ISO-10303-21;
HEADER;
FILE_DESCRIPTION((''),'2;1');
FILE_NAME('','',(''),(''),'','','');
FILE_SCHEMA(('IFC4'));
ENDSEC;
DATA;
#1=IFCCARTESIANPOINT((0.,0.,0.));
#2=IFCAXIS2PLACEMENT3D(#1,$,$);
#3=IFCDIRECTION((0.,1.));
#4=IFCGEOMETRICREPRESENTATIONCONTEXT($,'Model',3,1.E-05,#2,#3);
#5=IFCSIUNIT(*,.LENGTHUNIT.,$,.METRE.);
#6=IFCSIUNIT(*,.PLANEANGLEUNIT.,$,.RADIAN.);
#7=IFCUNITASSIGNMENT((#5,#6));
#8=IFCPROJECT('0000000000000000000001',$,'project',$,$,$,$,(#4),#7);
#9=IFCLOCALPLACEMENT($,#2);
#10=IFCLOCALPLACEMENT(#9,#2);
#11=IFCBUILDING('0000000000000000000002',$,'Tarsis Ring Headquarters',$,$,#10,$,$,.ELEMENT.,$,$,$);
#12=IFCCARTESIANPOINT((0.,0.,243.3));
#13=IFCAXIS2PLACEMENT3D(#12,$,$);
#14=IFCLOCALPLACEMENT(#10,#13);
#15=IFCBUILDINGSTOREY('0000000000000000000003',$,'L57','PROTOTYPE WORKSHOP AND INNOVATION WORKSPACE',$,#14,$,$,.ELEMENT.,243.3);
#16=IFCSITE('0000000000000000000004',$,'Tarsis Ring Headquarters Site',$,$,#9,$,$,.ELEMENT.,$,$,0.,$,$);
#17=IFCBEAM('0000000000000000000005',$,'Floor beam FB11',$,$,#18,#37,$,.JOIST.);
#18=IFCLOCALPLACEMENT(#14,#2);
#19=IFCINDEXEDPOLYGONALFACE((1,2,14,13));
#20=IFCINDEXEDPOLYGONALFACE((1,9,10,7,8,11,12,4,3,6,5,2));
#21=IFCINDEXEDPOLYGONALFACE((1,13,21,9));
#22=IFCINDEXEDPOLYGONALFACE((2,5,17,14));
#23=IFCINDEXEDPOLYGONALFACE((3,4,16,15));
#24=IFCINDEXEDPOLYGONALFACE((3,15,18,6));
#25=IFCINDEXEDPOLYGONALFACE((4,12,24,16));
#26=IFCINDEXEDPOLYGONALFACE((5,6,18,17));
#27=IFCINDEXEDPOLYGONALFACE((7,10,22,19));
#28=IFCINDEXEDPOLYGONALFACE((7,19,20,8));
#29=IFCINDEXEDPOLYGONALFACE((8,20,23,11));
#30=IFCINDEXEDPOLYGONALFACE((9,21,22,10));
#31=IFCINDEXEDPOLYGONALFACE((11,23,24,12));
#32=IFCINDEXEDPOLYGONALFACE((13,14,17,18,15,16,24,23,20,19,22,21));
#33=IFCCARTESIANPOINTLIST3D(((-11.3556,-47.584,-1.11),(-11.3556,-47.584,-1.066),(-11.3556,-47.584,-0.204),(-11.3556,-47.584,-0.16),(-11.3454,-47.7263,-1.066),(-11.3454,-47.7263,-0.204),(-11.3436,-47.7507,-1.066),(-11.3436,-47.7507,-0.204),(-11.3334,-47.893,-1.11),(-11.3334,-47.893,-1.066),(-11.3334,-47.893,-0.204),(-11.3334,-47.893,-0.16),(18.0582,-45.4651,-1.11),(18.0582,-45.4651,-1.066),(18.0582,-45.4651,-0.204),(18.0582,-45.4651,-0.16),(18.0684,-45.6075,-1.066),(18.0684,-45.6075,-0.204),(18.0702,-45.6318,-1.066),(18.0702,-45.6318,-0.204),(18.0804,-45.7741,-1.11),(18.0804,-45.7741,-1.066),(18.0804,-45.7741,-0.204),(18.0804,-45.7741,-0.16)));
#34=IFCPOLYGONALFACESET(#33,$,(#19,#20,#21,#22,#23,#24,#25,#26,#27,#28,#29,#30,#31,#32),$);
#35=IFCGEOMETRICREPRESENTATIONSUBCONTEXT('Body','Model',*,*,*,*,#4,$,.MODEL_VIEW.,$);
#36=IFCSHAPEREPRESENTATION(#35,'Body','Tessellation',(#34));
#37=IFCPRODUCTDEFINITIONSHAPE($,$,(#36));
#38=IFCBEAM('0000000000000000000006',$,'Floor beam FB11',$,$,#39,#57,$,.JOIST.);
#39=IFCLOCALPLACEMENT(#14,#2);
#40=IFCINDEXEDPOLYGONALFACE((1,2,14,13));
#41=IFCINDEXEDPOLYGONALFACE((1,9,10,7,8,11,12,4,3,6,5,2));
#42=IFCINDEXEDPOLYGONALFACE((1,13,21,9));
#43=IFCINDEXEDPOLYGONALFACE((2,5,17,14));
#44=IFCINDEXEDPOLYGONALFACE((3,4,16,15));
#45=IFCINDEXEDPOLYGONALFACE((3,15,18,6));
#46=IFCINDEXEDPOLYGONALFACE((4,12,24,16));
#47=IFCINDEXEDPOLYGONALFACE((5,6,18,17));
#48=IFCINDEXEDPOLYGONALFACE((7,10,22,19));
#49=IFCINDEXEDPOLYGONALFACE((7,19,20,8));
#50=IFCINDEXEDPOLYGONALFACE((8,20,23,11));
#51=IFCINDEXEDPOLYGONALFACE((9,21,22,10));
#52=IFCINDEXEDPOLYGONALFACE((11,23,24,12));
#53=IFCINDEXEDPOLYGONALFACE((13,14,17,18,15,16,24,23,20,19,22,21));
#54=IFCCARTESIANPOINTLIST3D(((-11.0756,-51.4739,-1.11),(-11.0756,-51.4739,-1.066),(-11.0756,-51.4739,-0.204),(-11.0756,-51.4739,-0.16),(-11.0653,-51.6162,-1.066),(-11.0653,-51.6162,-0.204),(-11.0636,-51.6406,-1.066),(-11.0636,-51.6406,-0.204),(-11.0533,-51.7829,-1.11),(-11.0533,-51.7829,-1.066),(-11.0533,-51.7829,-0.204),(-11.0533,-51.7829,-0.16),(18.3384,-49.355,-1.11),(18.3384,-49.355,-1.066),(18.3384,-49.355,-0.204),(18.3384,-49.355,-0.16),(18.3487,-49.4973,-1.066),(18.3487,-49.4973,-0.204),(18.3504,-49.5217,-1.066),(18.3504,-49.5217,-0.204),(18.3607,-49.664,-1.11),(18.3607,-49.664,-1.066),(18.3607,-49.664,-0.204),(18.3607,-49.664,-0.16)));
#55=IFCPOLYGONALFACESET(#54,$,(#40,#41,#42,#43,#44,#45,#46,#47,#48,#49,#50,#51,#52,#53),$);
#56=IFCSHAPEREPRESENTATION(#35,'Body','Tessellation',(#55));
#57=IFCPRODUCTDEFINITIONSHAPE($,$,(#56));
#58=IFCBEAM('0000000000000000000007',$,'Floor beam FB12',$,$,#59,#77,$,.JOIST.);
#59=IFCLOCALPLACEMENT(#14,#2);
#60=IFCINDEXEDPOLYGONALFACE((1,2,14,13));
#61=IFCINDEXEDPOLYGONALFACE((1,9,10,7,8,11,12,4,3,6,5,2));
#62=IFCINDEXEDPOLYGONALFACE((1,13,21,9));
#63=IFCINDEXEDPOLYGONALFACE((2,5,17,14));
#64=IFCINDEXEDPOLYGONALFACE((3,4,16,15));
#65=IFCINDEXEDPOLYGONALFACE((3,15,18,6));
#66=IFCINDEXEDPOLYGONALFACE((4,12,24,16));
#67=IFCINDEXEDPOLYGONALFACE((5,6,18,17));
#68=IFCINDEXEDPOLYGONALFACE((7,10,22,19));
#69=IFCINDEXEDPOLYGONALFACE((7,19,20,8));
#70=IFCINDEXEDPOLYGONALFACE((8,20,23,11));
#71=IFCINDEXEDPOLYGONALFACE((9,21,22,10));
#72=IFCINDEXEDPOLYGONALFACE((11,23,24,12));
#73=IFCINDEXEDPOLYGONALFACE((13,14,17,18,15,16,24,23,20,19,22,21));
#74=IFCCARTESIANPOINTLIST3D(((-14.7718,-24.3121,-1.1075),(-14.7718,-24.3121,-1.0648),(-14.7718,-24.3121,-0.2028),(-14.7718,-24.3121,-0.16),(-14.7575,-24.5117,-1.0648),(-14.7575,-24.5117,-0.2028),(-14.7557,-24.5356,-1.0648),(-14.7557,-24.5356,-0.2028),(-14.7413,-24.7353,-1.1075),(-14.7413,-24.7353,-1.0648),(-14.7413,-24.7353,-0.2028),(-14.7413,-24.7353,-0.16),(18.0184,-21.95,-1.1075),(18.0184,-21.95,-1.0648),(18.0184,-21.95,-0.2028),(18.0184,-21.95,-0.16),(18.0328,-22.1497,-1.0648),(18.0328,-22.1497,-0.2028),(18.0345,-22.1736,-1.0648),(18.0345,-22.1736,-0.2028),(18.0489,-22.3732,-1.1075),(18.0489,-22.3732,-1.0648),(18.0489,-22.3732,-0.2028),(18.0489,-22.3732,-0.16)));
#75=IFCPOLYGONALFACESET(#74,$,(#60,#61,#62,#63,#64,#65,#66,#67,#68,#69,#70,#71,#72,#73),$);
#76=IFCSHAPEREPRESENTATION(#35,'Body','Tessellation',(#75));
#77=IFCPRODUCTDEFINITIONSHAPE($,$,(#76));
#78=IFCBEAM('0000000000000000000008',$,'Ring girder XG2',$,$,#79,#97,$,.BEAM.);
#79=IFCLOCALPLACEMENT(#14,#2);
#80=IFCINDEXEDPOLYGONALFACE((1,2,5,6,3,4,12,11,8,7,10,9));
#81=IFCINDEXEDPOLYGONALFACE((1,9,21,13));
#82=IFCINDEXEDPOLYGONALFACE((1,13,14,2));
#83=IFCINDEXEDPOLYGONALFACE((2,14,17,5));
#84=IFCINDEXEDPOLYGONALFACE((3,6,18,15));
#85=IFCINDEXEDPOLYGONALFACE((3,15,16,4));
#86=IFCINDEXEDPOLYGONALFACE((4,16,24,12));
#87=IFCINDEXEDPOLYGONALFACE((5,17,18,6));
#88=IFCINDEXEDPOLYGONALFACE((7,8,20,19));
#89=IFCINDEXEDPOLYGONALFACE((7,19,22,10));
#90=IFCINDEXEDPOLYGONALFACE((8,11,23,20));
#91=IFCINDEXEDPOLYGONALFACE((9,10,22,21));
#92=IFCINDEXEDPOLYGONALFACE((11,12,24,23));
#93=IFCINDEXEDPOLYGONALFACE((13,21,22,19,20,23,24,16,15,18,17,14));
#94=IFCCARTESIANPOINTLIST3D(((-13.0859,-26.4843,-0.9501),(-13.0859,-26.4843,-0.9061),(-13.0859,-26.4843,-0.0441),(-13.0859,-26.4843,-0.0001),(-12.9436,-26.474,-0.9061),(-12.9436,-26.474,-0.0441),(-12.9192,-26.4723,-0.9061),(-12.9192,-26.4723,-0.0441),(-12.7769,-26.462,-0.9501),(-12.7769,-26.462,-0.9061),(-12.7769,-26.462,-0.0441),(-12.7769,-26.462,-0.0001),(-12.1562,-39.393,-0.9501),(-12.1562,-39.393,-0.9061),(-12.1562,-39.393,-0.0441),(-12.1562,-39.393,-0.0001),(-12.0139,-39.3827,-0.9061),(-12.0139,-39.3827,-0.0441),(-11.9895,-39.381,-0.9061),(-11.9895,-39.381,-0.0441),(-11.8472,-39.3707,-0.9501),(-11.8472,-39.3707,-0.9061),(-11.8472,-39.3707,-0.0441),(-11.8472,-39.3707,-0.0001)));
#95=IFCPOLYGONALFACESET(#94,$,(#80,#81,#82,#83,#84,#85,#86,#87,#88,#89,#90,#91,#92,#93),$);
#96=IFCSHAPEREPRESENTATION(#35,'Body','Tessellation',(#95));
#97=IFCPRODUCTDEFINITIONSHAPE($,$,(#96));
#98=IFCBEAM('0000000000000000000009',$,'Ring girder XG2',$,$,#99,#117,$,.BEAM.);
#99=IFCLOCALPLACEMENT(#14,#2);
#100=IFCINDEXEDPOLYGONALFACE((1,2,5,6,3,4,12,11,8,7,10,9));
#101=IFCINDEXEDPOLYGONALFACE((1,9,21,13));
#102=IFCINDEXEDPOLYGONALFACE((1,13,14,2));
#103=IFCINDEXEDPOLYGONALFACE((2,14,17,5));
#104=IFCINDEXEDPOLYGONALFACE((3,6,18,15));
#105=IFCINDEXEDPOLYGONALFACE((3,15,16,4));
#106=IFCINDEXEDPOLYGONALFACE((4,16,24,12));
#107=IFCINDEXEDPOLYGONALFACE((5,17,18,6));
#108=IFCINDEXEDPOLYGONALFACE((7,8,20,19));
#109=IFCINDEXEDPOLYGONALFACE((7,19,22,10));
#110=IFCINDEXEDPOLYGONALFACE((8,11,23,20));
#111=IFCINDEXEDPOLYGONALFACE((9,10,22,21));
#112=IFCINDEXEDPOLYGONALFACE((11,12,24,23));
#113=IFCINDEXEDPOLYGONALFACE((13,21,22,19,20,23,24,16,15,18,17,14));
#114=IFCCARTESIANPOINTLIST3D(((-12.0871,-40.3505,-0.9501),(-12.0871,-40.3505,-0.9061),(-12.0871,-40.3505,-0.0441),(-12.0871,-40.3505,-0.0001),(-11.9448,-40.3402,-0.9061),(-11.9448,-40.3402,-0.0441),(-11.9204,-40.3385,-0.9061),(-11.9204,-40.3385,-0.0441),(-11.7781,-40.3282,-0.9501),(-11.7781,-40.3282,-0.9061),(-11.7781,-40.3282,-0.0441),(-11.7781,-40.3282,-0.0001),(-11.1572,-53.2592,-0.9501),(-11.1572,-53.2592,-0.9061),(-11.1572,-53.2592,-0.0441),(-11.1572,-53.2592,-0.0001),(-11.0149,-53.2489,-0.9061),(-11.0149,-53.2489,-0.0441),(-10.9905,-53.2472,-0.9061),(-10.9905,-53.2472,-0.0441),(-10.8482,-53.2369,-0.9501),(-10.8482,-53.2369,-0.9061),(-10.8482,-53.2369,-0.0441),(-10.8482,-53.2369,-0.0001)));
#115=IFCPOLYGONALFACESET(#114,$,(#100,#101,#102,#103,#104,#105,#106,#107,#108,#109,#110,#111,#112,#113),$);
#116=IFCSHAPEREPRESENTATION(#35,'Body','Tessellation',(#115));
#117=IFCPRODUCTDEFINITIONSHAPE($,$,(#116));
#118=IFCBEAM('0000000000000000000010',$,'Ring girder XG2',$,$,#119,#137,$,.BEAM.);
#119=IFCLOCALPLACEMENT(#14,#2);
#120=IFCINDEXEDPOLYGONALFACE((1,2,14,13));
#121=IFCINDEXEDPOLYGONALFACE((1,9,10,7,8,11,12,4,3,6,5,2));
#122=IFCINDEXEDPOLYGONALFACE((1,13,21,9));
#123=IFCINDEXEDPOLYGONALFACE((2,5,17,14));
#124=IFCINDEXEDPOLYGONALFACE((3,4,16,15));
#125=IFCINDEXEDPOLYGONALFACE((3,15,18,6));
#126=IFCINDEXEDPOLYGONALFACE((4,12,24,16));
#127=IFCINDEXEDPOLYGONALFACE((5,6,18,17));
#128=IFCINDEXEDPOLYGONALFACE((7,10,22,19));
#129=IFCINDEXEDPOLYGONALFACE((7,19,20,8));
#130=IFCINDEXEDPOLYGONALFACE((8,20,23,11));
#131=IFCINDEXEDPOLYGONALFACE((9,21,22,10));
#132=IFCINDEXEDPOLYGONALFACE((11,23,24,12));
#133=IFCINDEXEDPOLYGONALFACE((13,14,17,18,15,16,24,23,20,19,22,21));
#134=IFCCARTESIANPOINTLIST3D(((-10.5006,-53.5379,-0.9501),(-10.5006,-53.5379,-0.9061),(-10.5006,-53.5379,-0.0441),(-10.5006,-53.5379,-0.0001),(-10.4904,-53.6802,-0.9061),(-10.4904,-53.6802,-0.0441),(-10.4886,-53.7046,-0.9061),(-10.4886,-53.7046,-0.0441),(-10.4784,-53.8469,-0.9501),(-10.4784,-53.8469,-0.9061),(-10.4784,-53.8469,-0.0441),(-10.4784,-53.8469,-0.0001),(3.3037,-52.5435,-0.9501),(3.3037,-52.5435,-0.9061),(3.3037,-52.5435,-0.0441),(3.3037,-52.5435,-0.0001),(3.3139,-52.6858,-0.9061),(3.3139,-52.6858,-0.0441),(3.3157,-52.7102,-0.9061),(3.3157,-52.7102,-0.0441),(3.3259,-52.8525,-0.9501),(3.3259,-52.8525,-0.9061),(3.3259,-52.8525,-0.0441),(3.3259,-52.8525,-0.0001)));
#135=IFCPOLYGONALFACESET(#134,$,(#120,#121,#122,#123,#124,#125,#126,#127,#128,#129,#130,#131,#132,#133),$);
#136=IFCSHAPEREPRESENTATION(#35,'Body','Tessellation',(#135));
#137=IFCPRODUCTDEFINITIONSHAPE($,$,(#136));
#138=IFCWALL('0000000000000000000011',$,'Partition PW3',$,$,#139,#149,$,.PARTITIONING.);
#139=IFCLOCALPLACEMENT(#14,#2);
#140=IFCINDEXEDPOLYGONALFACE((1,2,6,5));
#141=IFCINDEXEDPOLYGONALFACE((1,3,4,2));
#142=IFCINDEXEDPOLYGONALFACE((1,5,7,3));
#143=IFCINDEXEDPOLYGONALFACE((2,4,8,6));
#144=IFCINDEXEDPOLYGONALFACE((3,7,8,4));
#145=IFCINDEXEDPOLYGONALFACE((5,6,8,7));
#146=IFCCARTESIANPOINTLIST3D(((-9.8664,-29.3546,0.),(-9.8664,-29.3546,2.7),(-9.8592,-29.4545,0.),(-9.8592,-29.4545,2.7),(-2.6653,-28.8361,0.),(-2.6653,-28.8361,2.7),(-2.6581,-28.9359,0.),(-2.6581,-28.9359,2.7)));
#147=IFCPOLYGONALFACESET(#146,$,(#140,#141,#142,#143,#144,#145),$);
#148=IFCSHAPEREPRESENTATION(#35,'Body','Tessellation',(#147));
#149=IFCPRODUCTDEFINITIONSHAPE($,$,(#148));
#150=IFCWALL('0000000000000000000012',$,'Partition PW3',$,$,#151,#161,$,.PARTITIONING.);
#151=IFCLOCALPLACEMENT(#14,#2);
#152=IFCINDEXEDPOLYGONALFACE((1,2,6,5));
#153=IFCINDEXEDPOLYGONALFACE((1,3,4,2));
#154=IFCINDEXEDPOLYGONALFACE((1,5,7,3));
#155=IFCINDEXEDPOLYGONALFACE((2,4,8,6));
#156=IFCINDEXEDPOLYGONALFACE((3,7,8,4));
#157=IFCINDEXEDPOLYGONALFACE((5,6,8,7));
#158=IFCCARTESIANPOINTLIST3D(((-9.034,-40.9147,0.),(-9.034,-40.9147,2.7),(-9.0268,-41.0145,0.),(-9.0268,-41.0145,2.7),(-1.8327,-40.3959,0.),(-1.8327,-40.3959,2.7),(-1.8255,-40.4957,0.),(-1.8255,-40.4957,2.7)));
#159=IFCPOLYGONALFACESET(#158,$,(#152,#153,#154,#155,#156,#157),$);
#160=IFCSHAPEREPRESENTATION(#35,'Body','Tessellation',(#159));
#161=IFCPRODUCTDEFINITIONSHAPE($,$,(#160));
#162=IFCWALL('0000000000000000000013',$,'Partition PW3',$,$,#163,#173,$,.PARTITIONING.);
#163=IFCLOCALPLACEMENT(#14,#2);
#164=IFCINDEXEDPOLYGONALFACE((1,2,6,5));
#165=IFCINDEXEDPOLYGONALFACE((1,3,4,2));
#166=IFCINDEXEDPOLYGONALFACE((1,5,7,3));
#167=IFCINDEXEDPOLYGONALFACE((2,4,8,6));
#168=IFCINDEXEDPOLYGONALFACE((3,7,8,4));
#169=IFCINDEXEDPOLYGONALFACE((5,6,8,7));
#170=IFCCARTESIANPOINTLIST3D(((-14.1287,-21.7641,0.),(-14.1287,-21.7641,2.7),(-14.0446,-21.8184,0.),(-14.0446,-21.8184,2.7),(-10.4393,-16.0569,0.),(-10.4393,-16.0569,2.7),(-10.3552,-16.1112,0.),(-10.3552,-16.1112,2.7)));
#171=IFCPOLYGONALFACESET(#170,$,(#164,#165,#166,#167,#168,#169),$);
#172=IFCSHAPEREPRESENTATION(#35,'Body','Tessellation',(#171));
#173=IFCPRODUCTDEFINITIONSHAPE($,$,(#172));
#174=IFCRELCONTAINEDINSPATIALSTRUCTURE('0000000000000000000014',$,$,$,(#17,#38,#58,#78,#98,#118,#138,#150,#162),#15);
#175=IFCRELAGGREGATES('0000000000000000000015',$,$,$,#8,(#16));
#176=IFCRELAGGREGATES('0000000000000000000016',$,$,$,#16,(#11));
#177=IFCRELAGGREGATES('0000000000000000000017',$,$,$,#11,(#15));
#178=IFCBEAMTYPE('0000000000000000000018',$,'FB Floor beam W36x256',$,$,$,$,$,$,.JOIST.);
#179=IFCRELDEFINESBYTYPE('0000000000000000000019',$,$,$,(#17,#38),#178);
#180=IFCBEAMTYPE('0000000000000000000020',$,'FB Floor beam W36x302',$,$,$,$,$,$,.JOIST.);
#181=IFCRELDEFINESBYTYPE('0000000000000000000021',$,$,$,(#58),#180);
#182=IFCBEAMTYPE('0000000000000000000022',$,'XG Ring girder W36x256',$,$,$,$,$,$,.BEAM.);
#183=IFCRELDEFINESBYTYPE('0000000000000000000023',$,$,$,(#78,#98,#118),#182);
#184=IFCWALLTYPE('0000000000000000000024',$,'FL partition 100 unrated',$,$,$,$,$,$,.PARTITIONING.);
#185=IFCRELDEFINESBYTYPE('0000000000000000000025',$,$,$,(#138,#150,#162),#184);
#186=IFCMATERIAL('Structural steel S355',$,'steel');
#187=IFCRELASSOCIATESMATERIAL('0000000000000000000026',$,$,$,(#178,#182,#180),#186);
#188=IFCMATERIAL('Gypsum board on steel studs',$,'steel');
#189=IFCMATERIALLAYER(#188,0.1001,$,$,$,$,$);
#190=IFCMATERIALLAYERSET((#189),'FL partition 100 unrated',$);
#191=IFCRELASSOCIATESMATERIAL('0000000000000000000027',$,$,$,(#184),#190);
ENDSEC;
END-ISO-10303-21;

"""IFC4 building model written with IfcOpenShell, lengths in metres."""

from ifc_helpers import new_model, si_unit, direction, frame, frame_2d, origin, origin_2d, place, context, subcontext, project, spatial, rectangle, i_section, extrude, material, layer, layer_set, material_profile, profile_set, type_object, element, save


model = new_model("IFC4")

# Units and contexts
model_context = context("Model", 3, precision=1e-05, world=origin(), true_north=direction((0.0, 1.0)))
body_context = subcontext(model_context, "Body", "Model", "MODEL_VIEW")
ifc_project = project(units=[si_unit("LENGTHUNIT", "METRE"), si_unit("PLANEANGLEUNIT", "RADIAN")], contexts=[model_context])

# Site, building, storey
site_placement = place(None, origin())
site = spatial("IfcSite", under=ifc_project, at=site_placement, Name="Tarsis Ring Headquarters Site", CompositionType="ELEMENT", RefElevation=0.0)
building_placement = place(site_placement, origin())
building = spatial("IfcBuilding", under=site, at=building_placement, Name="Tarsis Ring Headquarters", CompositionType="ELEMENT")
storey_placement = place(building_placement, frame((0.0, 0.0, 243.3)))
storey = spatial("IfcBuildingStorey", under=building, at=storey_placement, Name="L57", Description="PROTOTYPE WORKSHOP AND INNOVATION WORKSPACE", CompositionType="ELEMENT", Elevation=243.3)

# Shared definitions
ifc_material_1 = material(Name="Structural steel S355", Category="steel")

# Beams
ifc_material_profile_1 = material_profile(ifc_material_1, i_section(OverallWidth=0.3098, OverallDepth=0.95, WebThickness=0.0244, FlangeThickness=0.0439, at=origin_2d()), Name="W36x256")
ifc_profile_set_1 = profile_set([ifc_material_profile_1], Name="Structural steel S355")
beam_type_1 = type_object("IfcBeamType", Name="FB Floor beam W36x256", PredefinedType="JOIST", material=ifc_profile_set_1)
for number, where, z_axis, x_axis, name in (
    (1, (-11.3445, -47.7385, -0.635), (0.997415, 0.071851, 0.0), (-0.071851, 0.997415, 0.0), "Floor beam FB11"),
):
    element("IfcBeam", number, at=place(storey_placement, frame(where, z_axis=z_axis, x_axis=x_axis)), inside=storey, type_object=beam_type_1, Name=name, PredefinedType="JOIST", context=body_context, shape_type="SweptSolid", body=[
        extrude(i_section(OverallWidth=0.3098, OverallDepth=0.95, WebThickness=0.0244, FlangeThickness=0.0439, at=origin_2d()), origin(), (0.0, 0.0, 1.0), 29.49),
    ])
beam_1_placement = place(storey_placement, frame((-11.0645, -51.6284, -0.635), z_axis=(0.997415, 0.071851, 0.0), x_axis=(-0.071851, 0.997415, 0.0)))
element("IfcBeam", 2, at=beam_1_placement, inside=storey, type_object=beam_type_1, Name="Floor beam FB11", PredefinedType="JOIST", context=body_context, shape_type="SweptSolid", body=[
    extrude(i_section(OverallWidth=0.3098, OverallDepth=0.95, WebThickness=0.0244, FlangeThickness=0.0439, at=origin_2d()), origin(), (0.0, 0.0, 1.0), 29.4902),
])
ifc_material_profile_2 = material_profile(ifc_material_1, i_section(OverallWidth=0.4243, OverallDepth=0.9475, WebThickness=0.0239, FlangeThickness=0.0427, at=origin_2d()), Name="W36x302")
ifc_profile_set_2 = profile_set([ifc_material_profile_2], Name="Structural steel S355")
beam_type_2 = type_object("IfcBeamType", Name="FB Floor beam W36x302", PredefinedType="JOIST", material=ifc_profile_set_2)
beam_2_placement = place(storey_placement, frame((-14.7566, -24.5237, -0.6338), z_axis=(0.997416, 0.071849, 0.0), x_axis=(-0.071849, 0.997416, 0.0)))
element("IfcBeam", 3, at=beam_2_placement, inside=storey, type_object=beam_type_2, Name="Floor beam FB12", PredefinedType="JOIST", context=body_context, shape_type="SweptSolid", body=[
    extrude(i_section(OverallWidth=0.4243, OverallDepth=0.9475, WebThickness=0.0239, FlangeThickness=0.0427, at=origin_2d()), origin(), (0.0, 0.0, 1.0), 32.8752),
])
beam_type_3 = type_object("IfcBeamType", Name="XG Ring girder W36x256", PredefinedType="BEAM", material=ifc_profile_set_1)
for number, where, z_axis, x_axis, name in (
    (4, (-12.9314, -26.4731, -0.4751), (0.071834, -0.997417, 0.0), (0.997417, 0.071834, 0.0), "Ring girder XG2"),
    (5, (-11.9326, -40.3394, -0.4751), (0.071853, -0.997415, 0.0), (0.997415, 0.071853, 0.0), "Ring girder XG2"),
):
    element("IfcBeam", number, at=place(storey_placement, frame(where, z_axis=z_axis, x_axis=x_axis)), inside=storey, type_object=beam_type_3, Name=name, PredefinedType="BEAM", context=body_context, shape_type="SweptSolid", body=[
        extrude(i_section(OverallWidth=0.3098, OverallDepth=0.95, WebThickness=0.0244, FlangeThickness=0.0439, at=origin_2d()), origin(), (0.0, 0.0, 1.0), 12.9421),
    ])
beam_3_placement = place(storey_placement, frame((-10.4895, -53.6924, -0.4751), z_axis=(0.997416, 0.071849, 0.0), x_axis=(-0.071849, 0.997416, 0.0)))
element("IfcBeam", 6, at=beam_3_placement, inside=storey, type_object=beam_type_3, Name="Ring girder XG2", PredefinedType="BEAM", context=body_context, shape_type="SweptSolid", body=[
    extrude(i_section(OverallWidth=0.3098, OverallDepth=0.95, WebThickness=0.0244, FlangeThickness=0.0439, at=origin_2d()), origin(), (0.0, 0.0, 1.0), 13.8401),
])

# Walls
ifc_material_2 = material(Name="Gypsum board on steel studs", Category="steel")
ifc_layer_1 = layer(ifc_material_2, 0.1001)
ifc_layer_set_1 = layer_set([ifc_layer_1], Name="FL partition 100 unrated")
wall_type_1 = type_object("IfcWallType", Name="FL partition 100 unrated", PredefinedType="PARTITIONING", material=ifc_layer_set_1)
wall_1_placement = place(storey_placement, frame((-9.8628, -29.4045, 0.0), z_axis=(0.0, 0.0, 1.0), x_axis=(0.997417, 0.071824, 0.0)))
element("IfcWall", 7, at=wall_1_placement, inside=storey, type_object=wall_type_1, Name="Partition PW3", PredefinedType="PARTITIONING", context=body_context, shape_type="SweptSolid", body=[
    extrude(rectangle(XDim=7.2197, YDim=0.1001, at=frame_2d((3.6099, 0.0))), origin(), (0.0, 0.0, 1.0), 2.7),
])
wall_2_placement = place(storey_placement, frame((-9.0303, -40.9646, 0.0), z_axis=(0.0, 0.0, 1.0), x_axis=(0.997415, 0.071855, 0.0)))
element("IfcWall", 8, at=wall_2_placement, inside=storey, type_object=wall_type_1, Name="Partition PW3", PredefinedType="PARTITIONING", context=body_context, shape_type="SweptSolid", body=[
    extrude(rectangle(XDim=7.22, YDim=0.1001, at=frame_2d((3.6099, 0.0))), origin(), (0.0, 0.0, 1.0), 2.7),
])
wall_3_placement = place(storey_placement, frame((-14.0867, -21.7913, 0.0), z_axis=(0.0, 0.0, 1.0), x_axis=(0.542889, 0.839804, 0.0)))
element("IfcWall", 9, at=wall_3_placement, inside=storey, type_object=wall_type_1, Name="Partition PW3", PredefinedType="PARTITIONING", context=body_context, shape_type="SweptSolid", body=[
    extrude(rectangle(XDim=6.7959, YDim=0.1001, at=frame_2d((3.3979, 0.0))), origin(), (0.0, 0.0, 1.0), 2.7),
])

save(model, "model.ifc")
